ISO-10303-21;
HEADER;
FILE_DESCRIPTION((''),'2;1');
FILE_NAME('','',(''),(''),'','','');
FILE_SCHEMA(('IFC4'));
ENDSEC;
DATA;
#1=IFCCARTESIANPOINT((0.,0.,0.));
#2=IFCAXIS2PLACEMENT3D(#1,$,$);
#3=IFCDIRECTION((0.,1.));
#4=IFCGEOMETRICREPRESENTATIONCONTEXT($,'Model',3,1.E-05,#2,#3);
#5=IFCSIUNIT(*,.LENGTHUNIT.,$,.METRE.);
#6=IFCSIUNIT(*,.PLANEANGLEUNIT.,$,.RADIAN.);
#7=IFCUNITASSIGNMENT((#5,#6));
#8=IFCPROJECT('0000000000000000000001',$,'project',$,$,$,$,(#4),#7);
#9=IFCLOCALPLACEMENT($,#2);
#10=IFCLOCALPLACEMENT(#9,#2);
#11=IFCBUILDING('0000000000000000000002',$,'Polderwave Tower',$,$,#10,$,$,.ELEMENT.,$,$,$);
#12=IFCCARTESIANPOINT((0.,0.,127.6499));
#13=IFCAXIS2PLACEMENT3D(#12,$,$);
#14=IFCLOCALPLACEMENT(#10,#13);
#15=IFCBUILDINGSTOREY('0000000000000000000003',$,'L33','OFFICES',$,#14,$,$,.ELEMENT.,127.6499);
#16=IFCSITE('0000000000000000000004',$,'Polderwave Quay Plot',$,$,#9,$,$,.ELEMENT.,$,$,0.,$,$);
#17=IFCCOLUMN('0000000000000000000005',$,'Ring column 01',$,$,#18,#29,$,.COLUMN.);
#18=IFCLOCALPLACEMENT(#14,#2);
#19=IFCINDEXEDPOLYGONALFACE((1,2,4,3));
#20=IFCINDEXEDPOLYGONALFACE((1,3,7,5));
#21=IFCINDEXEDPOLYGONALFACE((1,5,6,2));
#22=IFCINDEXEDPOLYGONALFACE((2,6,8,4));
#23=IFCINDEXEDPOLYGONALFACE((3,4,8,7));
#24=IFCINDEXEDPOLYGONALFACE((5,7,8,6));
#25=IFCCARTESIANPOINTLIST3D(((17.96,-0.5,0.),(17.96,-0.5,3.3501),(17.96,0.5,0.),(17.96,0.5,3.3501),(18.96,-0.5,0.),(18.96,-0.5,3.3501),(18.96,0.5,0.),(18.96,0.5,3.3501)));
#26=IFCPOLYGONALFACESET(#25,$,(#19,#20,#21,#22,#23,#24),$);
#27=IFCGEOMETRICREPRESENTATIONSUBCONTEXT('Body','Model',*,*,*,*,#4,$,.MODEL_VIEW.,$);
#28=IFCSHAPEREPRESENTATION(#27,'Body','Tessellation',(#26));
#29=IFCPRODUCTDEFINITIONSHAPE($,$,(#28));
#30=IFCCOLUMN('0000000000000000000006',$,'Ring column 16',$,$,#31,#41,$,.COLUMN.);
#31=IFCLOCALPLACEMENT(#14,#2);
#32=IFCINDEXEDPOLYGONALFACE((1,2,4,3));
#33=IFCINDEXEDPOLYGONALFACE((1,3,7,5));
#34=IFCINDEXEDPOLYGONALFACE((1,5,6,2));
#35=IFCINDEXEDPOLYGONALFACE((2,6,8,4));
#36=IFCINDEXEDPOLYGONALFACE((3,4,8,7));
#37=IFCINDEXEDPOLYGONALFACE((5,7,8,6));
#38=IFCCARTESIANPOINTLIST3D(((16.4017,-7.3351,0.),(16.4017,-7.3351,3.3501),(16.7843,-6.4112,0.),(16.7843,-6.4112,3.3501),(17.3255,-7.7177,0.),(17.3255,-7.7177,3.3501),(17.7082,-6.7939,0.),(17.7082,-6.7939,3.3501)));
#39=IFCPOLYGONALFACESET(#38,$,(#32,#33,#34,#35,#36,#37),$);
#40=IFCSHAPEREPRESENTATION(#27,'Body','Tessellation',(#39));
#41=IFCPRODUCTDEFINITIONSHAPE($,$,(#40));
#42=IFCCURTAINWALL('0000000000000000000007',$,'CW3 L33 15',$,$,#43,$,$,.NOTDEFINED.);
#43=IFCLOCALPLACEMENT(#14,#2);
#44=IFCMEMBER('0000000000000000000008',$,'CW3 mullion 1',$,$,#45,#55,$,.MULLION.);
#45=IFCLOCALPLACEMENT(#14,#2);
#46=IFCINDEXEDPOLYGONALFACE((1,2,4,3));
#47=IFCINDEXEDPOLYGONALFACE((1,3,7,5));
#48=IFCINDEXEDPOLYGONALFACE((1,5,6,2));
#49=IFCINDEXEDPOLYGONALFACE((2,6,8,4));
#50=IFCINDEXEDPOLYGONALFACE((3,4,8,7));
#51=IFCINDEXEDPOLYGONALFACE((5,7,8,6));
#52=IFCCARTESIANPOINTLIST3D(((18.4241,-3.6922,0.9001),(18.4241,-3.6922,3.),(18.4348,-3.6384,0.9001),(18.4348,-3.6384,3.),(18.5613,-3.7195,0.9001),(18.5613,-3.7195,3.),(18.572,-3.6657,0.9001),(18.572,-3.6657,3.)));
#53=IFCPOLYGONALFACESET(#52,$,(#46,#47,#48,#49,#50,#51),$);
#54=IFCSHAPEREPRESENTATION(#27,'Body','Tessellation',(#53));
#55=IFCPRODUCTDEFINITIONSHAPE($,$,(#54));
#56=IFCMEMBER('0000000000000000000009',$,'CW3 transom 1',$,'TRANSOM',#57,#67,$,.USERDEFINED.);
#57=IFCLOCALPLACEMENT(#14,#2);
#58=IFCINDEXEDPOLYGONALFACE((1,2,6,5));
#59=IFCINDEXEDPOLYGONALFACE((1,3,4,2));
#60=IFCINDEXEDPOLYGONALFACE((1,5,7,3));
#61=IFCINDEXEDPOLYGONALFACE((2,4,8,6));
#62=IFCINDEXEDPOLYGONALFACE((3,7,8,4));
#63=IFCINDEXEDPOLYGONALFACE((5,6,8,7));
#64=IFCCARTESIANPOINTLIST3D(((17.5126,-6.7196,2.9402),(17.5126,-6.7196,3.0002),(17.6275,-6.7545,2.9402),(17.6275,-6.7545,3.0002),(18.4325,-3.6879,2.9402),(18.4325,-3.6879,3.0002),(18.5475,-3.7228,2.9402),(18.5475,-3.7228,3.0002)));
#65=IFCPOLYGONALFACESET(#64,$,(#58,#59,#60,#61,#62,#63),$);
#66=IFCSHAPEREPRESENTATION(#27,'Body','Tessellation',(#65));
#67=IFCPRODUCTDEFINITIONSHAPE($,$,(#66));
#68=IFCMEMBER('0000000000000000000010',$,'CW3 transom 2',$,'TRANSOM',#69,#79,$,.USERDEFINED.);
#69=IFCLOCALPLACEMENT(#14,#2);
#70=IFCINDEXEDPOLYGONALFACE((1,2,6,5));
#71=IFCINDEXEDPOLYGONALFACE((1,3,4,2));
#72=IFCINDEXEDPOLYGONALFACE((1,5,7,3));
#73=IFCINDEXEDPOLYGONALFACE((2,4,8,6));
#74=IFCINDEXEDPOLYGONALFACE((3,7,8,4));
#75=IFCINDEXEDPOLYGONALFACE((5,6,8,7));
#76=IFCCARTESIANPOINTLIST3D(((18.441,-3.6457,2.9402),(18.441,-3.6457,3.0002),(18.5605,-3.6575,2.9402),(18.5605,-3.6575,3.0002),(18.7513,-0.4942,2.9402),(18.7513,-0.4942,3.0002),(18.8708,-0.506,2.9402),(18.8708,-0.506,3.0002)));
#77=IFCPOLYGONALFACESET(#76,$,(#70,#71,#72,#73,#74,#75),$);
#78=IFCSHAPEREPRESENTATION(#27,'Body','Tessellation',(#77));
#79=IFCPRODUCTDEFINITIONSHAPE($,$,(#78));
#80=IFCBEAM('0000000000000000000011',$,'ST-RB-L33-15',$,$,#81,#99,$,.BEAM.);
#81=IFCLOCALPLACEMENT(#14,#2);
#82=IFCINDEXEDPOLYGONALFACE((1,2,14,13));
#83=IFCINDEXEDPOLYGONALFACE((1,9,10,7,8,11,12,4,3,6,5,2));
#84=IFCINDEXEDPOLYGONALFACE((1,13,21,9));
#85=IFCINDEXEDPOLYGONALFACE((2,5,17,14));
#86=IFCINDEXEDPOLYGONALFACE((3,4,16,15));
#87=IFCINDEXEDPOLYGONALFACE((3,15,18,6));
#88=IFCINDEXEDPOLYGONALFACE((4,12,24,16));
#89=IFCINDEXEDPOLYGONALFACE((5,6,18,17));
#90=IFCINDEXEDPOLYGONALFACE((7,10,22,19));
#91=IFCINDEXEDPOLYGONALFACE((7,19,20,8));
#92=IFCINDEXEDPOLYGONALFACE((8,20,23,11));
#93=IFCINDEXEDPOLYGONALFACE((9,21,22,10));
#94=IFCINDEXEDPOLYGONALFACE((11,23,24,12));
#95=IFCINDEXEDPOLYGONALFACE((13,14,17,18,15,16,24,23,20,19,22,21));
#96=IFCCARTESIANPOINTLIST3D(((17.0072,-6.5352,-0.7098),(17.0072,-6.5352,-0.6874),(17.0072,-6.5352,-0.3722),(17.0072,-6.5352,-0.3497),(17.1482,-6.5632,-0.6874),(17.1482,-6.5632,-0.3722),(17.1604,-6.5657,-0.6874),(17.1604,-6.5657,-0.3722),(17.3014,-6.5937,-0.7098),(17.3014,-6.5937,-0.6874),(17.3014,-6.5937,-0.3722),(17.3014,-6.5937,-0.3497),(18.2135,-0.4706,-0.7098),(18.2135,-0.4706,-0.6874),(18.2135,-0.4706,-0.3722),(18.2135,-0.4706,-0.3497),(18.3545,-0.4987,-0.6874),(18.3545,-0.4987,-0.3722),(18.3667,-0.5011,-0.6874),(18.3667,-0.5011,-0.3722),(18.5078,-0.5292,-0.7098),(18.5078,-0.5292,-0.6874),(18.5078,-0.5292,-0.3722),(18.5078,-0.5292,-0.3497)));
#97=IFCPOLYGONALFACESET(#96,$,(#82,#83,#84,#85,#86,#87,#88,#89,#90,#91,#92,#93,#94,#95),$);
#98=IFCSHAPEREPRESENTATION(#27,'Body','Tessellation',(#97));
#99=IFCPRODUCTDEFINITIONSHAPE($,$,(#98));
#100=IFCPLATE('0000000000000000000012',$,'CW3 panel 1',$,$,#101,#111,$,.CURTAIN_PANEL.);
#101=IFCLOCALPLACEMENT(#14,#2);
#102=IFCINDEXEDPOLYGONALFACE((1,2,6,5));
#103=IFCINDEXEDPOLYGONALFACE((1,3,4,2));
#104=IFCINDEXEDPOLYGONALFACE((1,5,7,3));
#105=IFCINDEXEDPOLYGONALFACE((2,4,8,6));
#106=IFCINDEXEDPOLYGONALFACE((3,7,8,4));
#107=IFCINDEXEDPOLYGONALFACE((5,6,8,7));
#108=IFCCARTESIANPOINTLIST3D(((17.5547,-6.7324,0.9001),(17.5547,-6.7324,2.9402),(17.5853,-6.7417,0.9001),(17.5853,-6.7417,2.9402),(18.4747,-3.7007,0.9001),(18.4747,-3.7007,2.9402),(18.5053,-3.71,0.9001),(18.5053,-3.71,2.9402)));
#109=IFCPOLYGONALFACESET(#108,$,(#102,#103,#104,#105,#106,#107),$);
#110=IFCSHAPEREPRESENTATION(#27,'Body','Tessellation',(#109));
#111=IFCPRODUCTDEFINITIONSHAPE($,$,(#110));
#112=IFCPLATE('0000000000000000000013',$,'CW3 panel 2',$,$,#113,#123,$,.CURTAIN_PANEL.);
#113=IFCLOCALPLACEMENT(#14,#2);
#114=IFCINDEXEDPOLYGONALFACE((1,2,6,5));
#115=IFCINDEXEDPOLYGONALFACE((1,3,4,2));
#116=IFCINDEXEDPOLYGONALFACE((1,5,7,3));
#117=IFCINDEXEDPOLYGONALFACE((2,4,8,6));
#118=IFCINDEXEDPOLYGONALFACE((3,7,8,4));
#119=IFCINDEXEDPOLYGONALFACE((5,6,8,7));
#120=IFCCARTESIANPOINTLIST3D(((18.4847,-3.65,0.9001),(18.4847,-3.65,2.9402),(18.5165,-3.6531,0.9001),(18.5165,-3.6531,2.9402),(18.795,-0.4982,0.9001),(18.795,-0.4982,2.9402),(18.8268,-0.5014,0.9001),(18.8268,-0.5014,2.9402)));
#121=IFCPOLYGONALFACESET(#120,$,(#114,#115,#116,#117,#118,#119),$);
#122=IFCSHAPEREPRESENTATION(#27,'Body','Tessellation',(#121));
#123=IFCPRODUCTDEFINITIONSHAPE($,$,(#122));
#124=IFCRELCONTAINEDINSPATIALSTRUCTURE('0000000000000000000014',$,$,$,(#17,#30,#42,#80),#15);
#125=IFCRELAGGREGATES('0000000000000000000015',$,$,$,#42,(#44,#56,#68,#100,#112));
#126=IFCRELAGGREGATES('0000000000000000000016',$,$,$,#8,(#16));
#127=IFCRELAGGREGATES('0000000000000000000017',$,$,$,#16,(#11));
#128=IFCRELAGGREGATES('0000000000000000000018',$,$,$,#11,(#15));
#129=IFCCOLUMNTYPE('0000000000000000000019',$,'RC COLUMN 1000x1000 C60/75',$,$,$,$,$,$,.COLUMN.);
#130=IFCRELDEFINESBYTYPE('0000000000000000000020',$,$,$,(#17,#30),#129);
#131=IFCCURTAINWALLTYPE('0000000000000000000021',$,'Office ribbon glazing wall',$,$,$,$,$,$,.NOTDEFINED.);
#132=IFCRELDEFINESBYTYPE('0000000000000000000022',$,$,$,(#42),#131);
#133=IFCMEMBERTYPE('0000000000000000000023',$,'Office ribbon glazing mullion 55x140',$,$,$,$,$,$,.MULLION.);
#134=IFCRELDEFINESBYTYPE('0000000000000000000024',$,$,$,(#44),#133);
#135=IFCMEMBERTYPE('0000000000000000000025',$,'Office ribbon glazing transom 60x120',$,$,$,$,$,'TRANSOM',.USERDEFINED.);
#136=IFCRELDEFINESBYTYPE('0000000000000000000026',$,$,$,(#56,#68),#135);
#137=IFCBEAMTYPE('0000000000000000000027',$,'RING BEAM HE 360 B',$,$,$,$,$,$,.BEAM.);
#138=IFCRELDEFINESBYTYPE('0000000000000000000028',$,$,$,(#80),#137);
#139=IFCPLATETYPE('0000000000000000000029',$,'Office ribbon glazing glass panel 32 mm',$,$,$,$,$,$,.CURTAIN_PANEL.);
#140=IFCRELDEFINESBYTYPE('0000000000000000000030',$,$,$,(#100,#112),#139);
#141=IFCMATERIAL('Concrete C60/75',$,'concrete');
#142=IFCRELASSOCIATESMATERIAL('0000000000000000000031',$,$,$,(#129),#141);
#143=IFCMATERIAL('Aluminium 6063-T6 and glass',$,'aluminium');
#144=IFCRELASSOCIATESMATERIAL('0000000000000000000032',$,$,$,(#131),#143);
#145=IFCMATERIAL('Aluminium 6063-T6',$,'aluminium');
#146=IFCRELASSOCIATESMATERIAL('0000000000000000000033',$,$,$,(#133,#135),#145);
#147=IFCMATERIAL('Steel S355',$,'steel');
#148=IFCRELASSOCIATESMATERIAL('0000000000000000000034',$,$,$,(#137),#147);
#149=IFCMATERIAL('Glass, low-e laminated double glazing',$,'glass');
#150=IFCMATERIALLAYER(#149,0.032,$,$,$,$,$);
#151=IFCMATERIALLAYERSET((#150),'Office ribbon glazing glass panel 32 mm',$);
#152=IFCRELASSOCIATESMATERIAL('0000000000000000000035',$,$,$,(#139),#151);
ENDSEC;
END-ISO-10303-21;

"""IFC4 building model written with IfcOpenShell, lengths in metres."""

from ifc_helpers import new_model, si_unit, direction, frame, origin, origin_2d, place, context, subcontext, project, spatial, rectangle, i_section, extrude, material, layer, layer_set, material_profile, profile_set, type_object, element, aggregate, save


model = new_model("IFC4")

# Units and contexts
model_context = context("Model", 3, precision=1e-05, world=origin(), true_north=direction((0.0, 1.0)))
body_context = subcontext(model_context, "Body", "Model", "MODEL_VIEW")
ifc_project = project(units=[si_unit("LENGTHUNIT", "METRE"), si_unit("PLANEANGLEUNIT", "RADIAN")], contexts=[model_context])

# Site, building, storey
site_placement = place(None, origin())
site = spatial("IfcSite", under=ifc_project, at=site_placement, Name="Polderwave Quay Plot", CompositionType="ELEMENT", RefElevation=0.0)
building_placement = place(site_placement, origin())
building = spatial("IfcBuilding", under=site, at=building_placement, Name="Polderwave Tower", CompositionType="ELEMENT")
storey_placement = place(building_placement, frame((0.0, 0.0, 127.6499)))
storey = spatial("IfcBuildingStorey", under=building, at=storey_placement, Name="L33", Description="OFFICES", CompositionType="ELEMENT", Elevation=127.6499)

# Columns
ifc_material_1 = material(Name="Concrete C60/75", Category="concrete")
ifc_material_profile_1 = material_profile(ifc_material_1, rectangle(XDim=1.0, YDim=1.0, at=origin_2d()), Name="RC 1000x1000")
ifc_profile_set_1 = profile_set([ifc_material_profile_1], Name="Concrete C60/75")
column_type = type_object("IfcColumnType", Name="RC COLUMN 1000x1000 C60/75", PredefinedType="COLUMN", material=ifc_profile_set_1)
for number, where, z_axis, x_axis, name in (
    (1, (18.46, 0.0, 0.0), (0.0, 0.0, 1.0), (1.0, 0.0, 0.0), "Ring column 01"),
    (2, (17.0549, -7.0645, 0.0), (0.0, 0.0, 1.0), (0.92388, -0.382683, 0.0), "Ring column 16"),
):
    element("IfcColumn", number, at=place(storey_placement, frame(where, z_axis=z_axis, x_axis=x_axis)), inside=storey, type_object=column_type, Name=name, PredefinedType="COLUMN", context=body_context, shape_type="SweptSolid", body=[
        extrude(rectangle(XDim=1.0, YDim=1.0, at=origin_2d()), origin(), (0.0, 0.0, 1.0), 3.3501),
    ])

# Curtain wall, members
ifc_material_2 = material(Name="Aluminium 6063-T6 and glass", Category="aluminium")
curtain_wall_type = type_object("IfcCurtainWallType", Name="Office ribbon glazing wall", PredefinedType="NOTDEFINED", material=ifc_material_2)
curtain_wall_placement = place(storey_placement, origin())
curtain_wall = element("IfcCurtainWall", 3, at=curtain_wall_placement, inside=storey, type_object=curtain_wall_type, Name="CW3 L33 15", PredefinedType="NOTDEFINED")
ifc_material_3 = material(Name="Aluminium 6063-T6", Category="aluminium")
ifc_material_profile_2 = material_profile(ifc_material_3, rectangle(XDim=0.1399, YDim=0.0549, at=origin_2d()), Name="AL 55x140")
ifc_profile_set_2 = profile_set([ifc_material_profile_2], Name="Aluminium 6063-T6")
member_type_1 = type_object("IfcMemberType", Name="Office ribbon glazing mullion 55x140", PredefinedType="MULLION", material=ifc_profile_set_2)
member_1_placement = place(storey_placement, frame((18.498, -3.679, 0.9001), z_axis=(0.0, 0.0, 1.0), x_axis=(-0.980778, 0.195128, 0.0)))
member_1 = element("IfcMember", 4, at=member_1_placement, type_object=member_type_1, Name="CW3 mullion 1", PredefinedType="MULLION", context=body_context, shape_type="SweptSolid", body=[
    extrude(rectangle(XDim=0.1399, YDim=0.0549, at=origin_2d()), origin(), (0.0, 0.0, 1.0), 2.0999),
])
ifc_material_profile_3 = material_profile(ifc_material_3, rectangle(XDim=0.1201, YDim=0.0601, at=origin_2d()), Name="AL 60x120")
ifc_profile_set_3 = profile_set([ifc_material_profile_3], Name="Aluminium 6063-T6")
member_type_2 = type_object("IfcMemberType", Name="Office ribbon glazing transom 60x120", ElementType="TRANSOM", PredefinedType="USERDEFINED", material=ifc_profile_set_3)
member_2_placement = place(storey_placement, frame((17.5701, -6.7371, 2.9702), z_axis=(0.290358, 0.956918, 0.0), x_axis=(-0.956918, 0.290358, 0.0)))
member_2 = element("IfcMember", 5, at=member_2_placement, type_object=member_type_2, Name="CW3 transom 1", ObjectType="TRANSOM", PredefinedType="USERDEFINED", context=body_context, shape_type="SweptSolid", body=[
    extrude(rectangle(XDim=0.1201, YDim=0.0601, at=origin_2d()), origin(), (0.0, 0.0, 1.0), 3.1682),
])
member_3_placement = place(storey_placement, frame((18.5007, -3.6516, 2.9702), z_axis=(0.097985, 0.995188, 0.0), x_axis=(-0.995188, 0.097985, 0.0)))
member_3 = element("IfcMember", 6, at=member_3_placement, type_object=member_type_2, Name="CW3 transom 2", ObjectType="TRANSOM", PredefinedType="USERDEFINED", context=body_context, shape_type="SweptSolid", body=[
    extrude(rectangle(XDim=0.1201, YDim=0.0601, at=origin_2d()), origin(), (0.0, 0.0, 1.0), 3.1667),
])

# Beam
ifc_material_4 = material(Name="Steel S355", Category="steel")
ifc_material_profile_4 = material_profile(ifc_material_4, i_section(OverallWidth=0.3, OverallDepth=0.3601, WebThickness=0.0125, FlangeThickness=0.0225, at=origin_2d()), Name="HE 360 B")
ifc_profile_set_4 = profile_set([ifc_material_profile_4], Name="Steel S355")
beam_type = type_object("IfcBeamType", Name="RING BEAM HE 360 B", PredefinedType="BEAM", material=ifc_profile_set_4)
beam_placement = place(storey_placement, frame((17.1543, -6.5645, -0.5298), z_axis=(0.195091, 0.980785, 0.0), x_axis=(-0.980785, 0.195091, 0.0)))
element("IfcBeam", 7, at=beam_placement, inside=storey, type_object=beam_type, Name="ST-RB-L33-15", PredefinedType="BEAM", context=body_context, shape_type="SweptSolid", body=[
    extrude(i_section(OverallWidth=0.3, OverallDepth=0.3601, WebThickness=0.0125, FlangeThickness=0.0225, at=origin_2d()), origin(), (0.0, 0.0, 1.0), 6.1833),
])

# Plates
ifc_material_5 = material(Name="Glass, low-e laminated double glazing", Category="glass")
ifc_layer_1 = layer(ifc_material_5, 0.032)
ifc_layer_set_1 = layer_set([ifc_layer_1], Name="Office ribbon glazing glass panel 32 mm")
plate_type = type_object("IfcPlateType", Name="Office ribbon glazing glass panel 32 mm", PredefinedType="CURTAIN_PANEL", material=ifc_layer_set_1)
plate_1_placement = place(storey_placement, frame((18.03, -5.2212, 0.9001), z_axis=(0.0, 0.0, 1.0), x_axis=(0.29039, 0.956908, 0.0)))
plate_1 = element("IfcPlate", 8, at=plate_1_placement, type_object=plate_type, Name="CW3 panel 1", PredefinedType="CURTAIN_PANEL", context=body_context, shape_type="SweptSolid", body=[
    extrude(rectangle(XDim=3.1682, YDim=0.032, at=origin_2d()), origin(), (0.0, 0.0, 1.0), 2.04),
])
plate_2_placement = place(storey_placement, frame((18.6558, -2.0757, 0.9001), z_axis=(0.0, 0.0, 1.0), x_axis=(0.097984, 0.995188, 0.0)))
plate_2 = element("IfcPlate", 9, at=plate_2_placement, type_object=plate_type, Name="CW3 panel 2", PredefinedType="CURTAIN_PANEL", context=body_context, shape_type="SweptSolid", body=[
    extrude(rectangle(XDim=3.167, YDim=0.032, at=origin_2d()), origin(), (0.0, 0.0, 1.0), 2.04),
])
aggregate(curtain_wall, [member_1, member_2, member_3, plate_1, plate_2])

save(model, "model.ifc")
